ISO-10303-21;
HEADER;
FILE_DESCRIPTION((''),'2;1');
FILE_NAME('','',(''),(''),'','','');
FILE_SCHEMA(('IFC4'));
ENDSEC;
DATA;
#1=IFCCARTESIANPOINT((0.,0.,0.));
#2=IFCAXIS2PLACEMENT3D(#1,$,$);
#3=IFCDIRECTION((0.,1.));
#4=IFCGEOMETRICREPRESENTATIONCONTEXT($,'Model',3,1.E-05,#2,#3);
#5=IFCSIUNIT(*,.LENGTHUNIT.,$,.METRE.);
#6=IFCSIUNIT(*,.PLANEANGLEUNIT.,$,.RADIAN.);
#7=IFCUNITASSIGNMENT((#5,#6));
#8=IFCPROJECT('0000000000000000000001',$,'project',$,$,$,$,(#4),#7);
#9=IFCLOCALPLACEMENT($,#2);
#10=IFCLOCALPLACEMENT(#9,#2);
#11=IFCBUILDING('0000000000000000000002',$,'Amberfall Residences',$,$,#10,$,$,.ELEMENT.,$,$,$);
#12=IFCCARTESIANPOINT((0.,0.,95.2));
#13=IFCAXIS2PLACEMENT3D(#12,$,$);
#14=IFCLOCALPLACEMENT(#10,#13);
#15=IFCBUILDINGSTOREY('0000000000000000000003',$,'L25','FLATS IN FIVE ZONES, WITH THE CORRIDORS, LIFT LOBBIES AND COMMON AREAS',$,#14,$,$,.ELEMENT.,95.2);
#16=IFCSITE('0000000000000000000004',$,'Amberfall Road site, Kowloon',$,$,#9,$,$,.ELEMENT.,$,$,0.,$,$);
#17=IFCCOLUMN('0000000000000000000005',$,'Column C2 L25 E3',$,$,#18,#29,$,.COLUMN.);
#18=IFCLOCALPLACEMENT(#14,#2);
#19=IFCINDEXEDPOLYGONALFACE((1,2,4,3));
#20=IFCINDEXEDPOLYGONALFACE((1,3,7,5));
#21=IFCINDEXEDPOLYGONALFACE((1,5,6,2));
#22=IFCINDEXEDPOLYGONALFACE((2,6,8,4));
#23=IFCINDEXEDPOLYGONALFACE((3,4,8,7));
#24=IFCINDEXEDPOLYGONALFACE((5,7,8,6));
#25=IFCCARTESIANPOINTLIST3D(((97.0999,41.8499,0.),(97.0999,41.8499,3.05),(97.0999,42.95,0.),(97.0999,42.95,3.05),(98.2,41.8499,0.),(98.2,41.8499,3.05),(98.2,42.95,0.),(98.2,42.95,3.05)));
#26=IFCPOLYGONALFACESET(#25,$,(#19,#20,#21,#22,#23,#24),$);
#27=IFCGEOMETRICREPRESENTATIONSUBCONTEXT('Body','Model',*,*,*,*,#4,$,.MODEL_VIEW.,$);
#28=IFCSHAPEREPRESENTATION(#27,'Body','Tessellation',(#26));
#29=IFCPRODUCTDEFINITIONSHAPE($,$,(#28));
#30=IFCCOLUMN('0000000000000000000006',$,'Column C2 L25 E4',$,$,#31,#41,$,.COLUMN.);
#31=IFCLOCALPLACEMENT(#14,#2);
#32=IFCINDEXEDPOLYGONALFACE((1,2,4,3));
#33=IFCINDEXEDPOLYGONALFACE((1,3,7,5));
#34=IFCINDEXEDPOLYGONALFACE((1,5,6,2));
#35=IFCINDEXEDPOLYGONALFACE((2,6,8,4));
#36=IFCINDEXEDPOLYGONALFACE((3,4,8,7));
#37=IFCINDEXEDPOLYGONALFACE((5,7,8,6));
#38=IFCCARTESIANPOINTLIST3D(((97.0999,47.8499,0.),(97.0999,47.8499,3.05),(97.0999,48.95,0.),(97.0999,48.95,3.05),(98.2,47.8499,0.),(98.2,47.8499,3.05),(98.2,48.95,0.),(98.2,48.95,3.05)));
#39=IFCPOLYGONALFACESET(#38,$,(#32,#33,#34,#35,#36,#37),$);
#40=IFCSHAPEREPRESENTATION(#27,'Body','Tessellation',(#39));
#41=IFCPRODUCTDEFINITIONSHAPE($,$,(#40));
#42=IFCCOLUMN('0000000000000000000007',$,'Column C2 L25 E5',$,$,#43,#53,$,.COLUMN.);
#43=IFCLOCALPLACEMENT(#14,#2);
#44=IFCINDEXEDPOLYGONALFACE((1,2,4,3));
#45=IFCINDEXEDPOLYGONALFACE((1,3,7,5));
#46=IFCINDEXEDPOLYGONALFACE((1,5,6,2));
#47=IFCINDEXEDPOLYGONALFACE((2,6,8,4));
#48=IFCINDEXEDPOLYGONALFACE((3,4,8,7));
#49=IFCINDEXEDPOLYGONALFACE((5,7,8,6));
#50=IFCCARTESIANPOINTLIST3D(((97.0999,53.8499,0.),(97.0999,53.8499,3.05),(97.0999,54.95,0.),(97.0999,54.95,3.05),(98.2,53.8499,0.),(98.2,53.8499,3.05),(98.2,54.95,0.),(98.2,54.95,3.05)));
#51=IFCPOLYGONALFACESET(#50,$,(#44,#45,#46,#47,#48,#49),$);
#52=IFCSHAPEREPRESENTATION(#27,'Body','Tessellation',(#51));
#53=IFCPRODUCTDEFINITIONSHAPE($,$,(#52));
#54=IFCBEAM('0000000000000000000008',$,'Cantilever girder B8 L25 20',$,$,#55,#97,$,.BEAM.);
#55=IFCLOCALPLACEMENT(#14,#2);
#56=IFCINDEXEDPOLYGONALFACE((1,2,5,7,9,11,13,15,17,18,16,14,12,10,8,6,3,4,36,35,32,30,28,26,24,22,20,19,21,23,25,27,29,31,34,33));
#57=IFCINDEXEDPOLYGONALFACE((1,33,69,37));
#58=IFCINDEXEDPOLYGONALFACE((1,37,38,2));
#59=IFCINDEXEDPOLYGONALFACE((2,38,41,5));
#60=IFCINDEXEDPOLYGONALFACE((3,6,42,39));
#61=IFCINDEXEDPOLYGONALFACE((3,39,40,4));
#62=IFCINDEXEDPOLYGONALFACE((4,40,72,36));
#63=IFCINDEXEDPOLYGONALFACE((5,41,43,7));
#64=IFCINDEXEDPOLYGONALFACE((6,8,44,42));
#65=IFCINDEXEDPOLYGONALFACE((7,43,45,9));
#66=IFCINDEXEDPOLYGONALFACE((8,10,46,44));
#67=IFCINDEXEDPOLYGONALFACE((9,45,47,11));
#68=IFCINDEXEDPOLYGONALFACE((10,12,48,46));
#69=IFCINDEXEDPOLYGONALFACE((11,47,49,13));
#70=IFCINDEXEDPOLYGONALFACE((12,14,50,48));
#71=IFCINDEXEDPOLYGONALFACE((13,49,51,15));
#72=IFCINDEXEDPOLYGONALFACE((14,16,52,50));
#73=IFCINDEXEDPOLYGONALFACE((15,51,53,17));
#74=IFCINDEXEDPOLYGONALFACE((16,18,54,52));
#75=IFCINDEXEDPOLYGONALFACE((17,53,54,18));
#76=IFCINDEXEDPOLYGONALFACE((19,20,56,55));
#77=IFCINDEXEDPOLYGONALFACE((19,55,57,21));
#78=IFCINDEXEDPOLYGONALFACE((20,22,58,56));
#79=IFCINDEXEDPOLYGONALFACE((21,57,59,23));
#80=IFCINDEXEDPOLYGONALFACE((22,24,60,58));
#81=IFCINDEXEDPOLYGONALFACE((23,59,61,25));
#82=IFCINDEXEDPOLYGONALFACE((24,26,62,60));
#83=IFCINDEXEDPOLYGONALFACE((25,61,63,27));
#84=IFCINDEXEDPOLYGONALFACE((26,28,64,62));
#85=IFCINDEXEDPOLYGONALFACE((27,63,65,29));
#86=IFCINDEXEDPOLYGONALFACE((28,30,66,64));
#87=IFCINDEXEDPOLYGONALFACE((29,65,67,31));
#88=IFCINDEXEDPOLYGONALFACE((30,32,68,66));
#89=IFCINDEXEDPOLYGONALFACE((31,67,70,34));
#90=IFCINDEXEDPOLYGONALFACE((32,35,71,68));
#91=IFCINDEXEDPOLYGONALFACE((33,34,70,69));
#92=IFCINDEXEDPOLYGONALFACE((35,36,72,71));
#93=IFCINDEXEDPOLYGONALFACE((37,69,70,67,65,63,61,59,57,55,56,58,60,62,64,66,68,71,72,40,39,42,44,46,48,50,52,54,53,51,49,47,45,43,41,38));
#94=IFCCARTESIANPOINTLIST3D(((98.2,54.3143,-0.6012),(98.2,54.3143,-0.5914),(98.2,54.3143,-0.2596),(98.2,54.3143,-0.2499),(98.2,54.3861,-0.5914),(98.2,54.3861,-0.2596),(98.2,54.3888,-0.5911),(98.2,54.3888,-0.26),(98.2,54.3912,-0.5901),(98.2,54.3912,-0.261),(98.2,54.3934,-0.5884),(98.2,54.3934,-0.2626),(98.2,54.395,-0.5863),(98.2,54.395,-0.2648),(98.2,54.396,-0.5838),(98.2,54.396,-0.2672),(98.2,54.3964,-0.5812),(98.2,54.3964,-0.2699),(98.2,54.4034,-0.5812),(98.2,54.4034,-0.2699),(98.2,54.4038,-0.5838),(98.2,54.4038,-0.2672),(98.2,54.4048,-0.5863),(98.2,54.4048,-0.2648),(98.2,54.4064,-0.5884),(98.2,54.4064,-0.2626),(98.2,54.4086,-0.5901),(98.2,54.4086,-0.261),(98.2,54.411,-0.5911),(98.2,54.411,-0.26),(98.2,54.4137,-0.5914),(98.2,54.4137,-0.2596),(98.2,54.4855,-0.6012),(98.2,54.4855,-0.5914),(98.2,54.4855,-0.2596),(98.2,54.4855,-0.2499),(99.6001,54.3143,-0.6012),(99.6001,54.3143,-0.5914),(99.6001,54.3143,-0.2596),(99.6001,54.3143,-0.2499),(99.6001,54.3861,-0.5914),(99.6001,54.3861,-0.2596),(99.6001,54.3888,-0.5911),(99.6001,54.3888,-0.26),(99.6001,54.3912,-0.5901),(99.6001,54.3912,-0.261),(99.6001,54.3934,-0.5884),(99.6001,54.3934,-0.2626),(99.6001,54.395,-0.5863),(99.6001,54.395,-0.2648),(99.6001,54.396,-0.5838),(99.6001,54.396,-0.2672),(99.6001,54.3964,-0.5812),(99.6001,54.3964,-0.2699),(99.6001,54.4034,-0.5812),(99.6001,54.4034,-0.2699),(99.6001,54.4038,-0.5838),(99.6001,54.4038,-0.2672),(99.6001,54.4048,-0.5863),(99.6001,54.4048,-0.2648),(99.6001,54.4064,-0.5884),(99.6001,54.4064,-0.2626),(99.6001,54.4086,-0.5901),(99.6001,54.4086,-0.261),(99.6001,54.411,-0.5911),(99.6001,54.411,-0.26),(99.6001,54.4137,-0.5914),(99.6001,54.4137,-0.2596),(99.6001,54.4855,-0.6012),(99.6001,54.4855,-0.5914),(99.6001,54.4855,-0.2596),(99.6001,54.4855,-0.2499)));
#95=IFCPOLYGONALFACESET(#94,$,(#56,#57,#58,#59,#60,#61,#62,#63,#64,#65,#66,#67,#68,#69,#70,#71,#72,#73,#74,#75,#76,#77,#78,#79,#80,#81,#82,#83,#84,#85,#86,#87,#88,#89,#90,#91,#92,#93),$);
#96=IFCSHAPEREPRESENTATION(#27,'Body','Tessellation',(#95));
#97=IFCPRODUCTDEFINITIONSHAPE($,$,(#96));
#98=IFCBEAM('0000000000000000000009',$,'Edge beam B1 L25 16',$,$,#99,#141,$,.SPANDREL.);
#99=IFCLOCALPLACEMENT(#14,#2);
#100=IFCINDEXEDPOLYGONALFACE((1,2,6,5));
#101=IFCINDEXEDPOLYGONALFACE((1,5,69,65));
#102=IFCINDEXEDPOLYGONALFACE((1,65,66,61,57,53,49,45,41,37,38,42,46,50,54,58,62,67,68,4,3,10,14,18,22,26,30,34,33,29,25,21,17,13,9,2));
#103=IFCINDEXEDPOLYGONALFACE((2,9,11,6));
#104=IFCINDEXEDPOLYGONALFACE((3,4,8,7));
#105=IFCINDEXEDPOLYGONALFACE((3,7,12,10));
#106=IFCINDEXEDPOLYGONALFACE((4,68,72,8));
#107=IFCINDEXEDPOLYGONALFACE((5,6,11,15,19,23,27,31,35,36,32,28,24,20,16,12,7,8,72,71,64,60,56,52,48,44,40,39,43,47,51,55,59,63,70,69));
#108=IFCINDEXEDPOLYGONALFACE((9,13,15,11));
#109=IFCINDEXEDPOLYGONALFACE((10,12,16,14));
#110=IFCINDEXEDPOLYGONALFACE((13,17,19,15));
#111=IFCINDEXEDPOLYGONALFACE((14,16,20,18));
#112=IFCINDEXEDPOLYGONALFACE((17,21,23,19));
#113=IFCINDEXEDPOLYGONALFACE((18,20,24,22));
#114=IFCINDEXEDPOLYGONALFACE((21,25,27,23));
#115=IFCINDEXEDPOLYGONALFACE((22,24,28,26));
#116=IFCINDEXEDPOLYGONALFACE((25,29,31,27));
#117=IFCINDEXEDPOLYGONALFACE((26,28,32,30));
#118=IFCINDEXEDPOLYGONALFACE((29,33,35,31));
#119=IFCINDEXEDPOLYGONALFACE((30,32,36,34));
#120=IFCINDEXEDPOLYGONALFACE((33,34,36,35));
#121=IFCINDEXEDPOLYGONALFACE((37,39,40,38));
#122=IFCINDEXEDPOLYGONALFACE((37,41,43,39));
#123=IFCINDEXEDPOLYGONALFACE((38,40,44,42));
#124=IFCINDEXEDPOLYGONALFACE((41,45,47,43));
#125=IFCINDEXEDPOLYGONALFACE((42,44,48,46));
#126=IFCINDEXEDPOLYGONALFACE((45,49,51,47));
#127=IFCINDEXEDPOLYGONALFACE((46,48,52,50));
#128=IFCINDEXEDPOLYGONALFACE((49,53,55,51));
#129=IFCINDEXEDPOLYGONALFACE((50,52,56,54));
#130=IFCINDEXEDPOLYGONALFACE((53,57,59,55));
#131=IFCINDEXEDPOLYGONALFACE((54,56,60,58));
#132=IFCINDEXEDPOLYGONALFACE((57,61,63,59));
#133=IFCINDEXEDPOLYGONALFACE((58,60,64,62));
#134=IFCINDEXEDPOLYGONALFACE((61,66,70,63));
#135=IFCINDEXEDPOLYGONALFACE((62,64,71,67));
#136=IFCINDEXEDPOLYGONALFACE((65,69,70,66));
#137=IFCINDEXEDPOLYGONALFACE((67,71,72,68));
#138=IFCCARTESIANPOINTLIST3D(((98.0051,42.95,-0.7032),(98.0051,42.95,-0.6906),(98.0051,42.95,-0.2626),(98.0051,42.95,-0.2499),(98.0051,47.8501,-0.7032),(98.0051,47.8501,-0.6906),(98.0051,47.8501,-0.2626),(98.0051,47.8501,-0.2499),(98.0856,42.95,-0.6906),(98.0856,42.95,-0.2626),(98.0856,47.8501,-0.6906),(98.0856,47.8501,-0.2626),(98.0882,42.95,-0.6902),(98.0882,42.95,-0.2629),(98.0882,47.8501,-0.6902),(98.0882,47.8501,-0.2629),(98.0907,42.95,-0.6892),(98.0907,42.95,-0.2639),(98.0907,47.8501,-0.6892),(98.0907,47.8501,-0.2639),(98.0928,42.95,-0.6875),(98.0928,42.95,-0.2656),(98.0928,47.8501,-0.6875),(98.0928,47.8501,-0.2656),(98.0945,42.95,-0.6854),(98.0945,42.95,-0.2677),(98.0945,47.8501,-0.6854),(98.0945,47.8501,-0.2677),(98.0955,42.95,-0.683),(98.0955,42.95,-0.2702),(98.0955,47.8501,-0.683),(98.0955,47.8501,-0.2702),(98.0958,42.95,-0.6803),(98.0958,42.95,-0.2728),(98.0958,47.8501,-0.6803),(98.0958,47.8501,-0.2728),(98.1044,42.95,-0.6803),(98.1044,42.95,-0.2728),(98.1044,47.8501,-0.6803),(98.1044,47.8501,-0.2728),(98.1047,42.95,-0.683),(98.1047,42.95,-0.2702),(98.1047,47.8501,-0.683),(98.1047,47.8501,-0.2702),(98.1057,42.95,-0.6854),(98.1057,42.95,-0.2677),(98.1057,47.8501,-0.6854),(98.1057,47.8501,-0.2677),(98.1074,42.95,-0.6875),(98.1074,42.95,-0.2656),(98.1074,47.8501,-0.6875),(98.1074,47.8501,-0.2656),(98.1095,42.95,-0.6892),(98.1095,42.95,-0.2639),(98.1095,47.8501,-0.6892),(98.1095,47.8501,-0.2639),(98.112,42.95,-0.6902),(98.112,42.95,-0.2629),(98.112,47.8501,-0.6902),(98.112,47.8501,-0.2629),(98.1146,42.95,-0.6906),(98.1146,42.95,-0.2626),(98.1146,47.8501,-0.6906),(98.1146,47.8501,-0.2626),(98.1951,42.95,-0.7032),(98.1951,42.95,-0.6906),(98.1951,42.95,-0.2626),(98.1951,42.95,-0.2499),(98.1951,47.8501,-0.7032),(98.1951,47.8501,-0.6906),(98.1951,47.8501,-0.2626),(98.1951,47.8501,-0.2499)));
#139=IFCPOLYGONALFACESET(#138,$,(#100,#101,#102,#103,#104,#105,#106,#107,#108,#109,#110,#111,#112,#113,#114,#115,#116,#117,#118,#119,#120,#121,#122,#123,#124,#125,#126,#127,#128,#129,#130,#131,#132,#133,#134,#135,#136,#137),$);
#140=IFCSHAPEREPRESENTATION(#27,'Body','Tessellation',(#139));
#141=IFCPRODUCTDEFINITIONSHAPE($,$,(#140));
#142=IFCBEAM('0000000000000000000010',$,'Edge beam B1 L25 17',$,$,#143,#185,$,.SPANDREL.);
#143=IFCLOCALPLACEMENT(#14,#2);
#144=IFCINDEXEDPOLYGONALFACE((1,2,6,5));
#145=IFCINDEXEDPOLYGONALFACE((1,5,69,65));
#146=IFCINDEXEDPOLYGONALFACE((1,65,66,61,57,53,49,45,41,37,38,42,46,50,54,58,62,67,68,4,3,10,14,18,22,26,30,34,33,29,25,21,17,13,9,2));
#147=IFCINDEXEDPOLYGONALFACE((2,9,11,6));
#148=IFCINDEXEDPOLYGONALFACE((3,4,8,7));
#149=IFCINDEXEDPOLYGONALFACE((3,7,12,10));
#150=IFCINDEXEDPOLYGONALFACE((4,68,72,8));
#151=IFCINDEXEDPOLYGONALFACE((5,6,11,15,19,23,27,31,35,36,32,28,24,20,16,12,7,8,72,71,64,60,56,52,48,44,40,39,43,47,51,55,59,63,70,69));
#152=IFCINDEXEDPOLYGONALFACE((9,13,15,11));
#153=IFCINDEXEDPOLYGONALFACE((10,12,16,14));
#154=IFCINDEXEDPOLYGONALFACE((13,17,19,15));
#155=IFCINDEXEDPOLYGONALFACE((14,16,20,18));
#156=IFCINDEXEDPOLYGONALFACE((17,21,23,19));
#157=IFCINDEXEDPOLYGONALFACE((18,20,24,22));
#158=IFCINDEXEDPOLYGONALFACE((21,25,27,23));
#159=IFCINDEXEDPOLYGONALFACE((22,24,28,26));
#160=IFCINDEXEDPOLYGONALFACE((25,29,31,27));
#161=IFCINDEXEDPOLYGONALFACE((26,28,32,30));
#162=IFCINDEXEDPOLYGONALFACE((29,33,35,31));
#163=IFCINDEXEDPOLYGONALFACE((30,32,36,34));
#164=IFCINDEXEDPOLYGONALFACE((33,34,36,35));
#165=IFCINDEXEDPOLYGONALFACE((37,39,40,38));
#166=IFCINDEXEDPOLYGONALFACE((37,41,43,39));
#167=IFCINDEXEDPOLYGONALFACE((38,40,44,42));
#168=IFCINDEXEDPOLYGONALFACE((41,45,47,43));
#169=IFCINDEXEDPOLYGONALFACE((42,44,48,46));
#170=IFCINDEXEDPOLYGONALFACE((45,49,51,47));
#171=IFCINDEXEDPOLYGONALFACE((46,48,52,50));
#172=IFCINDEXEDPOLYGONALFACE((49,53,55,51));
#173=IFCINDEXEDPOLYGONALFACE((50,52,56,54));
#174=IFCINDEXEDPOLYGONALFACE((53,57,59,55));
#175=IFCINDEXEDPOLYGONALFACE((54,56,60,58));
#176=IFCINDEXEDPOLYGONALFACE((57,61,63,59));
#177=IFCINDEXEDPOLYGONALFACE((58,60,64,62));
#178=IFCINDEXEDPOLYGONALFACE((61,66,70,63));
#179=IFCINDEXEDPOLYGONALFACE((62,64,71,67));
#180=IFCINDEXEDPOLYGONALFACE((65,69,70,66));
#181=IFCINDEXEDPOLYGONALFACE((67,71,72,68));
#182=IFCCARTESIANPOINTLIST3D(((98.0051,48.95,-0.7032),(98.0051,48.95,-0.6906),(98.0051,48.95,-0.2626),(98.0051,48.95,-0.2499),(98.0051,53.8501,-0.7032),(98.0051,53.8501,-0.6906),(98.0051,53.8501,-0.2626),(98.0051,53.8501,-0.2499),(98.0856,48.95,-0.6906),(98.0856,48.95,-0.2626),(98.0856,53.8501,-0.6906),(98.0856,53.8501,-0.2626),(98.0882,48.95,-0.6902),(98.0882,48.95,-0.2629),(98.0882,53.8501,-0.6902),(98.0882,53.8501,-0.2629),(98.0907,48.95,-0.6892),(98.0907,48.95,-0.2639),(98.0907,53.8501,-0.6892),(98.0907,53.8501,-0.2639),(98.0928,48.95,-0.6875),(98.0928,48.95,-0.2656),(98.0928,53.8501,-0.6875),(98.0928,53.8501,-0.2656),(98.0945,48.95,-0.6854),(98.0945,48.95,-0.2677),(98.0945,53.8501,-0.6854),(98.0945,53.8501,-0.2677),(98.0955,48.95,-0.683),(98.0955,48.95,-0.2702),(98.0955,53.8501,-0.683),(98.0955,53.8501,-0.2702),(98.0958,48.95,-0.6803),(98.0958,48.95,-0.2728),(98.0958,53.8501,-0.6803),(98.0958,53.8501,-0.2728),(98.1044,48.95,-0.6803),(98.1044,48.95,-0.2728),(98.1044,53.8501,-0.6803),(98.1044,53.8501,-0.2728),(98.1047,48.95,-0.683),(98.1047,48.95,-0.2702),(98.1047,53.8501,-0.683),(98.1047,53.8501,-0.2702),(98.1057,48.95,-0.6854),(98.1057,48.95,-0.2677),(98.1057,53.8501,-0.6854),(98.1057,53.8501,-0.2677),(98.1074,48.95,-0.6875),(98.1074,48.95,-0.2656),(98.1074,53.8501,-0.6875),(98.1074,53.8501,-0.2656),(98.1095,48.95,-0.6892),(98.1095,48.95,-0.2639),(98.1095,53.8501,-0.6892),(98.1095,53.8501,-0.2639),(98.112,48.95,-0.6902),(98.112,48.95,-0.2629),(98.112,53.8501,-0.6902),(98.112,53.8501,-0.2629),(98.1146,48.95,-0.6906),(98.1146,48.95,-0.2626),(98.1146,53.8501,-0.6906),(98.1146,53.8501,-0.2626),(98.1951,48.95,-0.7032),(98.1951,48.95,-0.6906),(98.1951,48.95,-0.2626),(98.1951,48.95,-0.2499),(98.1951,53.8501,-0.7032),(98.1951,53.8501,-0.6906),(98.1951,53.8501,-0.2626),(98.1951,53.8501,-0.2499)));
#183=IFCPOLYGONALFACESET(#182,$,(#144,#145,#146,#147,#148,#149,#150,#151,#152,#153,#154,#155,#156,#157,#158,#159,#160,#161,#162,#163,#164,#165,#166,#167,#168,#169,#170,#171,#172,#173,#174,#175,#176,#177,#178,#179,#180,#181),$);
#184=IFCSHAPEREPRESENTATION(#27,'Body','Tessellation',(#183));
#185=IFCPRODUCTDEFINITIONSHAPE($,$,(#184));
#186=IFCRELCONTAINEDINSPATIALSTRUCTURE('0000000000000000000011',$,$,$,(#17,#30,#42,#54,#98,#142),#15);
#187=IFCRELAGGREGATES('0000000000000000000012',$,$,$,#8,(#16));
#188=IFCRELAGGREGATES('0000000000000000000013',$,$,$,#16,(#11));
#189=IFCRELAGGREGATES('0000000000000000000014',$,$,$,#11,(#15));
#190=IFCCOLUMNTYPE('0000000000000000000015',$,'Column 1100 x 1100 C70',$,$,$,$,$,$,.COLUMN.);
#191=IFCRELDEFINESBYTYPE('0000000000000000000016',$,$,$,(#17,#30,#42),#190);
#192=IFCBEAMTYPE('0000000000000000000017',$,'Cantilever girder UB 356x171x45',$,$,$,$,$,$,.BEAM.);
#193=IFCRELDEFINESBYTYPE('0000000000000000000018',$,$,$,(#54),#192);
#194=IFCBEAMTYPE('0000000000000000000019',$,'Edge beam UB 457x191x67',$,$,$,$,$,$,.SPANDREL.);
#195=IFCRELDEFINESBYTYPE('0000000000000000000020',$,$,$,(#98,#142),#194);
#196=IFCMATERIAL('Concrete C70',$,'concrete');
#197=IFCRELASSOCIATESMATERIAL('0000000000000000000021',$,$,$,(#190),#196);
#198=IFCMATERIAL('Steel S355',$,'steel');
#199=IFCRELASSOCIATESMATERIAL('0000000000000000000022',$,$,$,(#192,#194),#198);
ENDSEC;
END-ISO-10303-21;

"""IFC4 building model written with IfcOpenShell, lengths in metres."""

from ifc_helpers import new_model, si_unit, direction, frame, origin, origin_2d, place, context, subcontext, project, spatial, rectangle, i_section, extrude, material, material_profile, profile_set, type_object, element, save


model = new_model("IFC4")

# Units and contexts
model_context = context("Model", 3, precision=1e-05, world=origin(), true_north=direction((0.0, 1.0)))
body_context = subcontext(model_context, "Body", "Model", "MODEL_VIEW")
ifc_project = project(units=[si_unit("LENGTHUNIT", "METRE"), si_unit("PLANEANGLEUNIT", "RADIAN")], contexts=[model_context])

# Site, building, storey
site_placement = place(None, origin())
site = spatial("IfcSite", under=ifc_project, at=site_placement, Name="Amberfall Road site, Kowloon", CompositionType="ELEMENT", RefElevation=0.0)
building_placement = place(site_placement, origin())
building = spatial("IfcBuilding", under=site, at=building_placement, Name="Amberfall Residences", CompositionType="ELEMENT")
storey_placement = place(building_placement, frame((0.0, 0.0, 95.2)))
storey = spatial("IfcBuildingStorey", under=building, at=storey_placement, Name="L25", Description="FLATS IN FIVE ZONES, WITH THE CORRIDORS, LIFT LOBBIES AND COMMON AREAS", CompositionType="ELEMENT", Elevation=95.2)

# Columns
ifc_material_1 = material(Name="Concrete C70", Category="concrete")
ifc_material_profile_1 = material_profile(ifc_material_1, rectangle(XDim=1.1001, YDim=1.1001, at=origin_2d()), Name="Column 1100 x 1100 C70")
ifc_profile_set_1 = profile_set([ifc_material_profile_1], Name="Concrete C70")
column_type = type_object("IfcColumnType", Name="Column 1100 x 1100 C70", PredefinedType="COLUMN", material=ifc_profile_set_1)
for number, where, z_axis, x_axis, name in (
    (1, (97.6499, 42.3999, 0.0), (0.0, 0.0, 1.0), (1.0, 0.0, 0.0), "Column C2 L25 E3"),
    (2, (97.6499, 48.3999, 0.0), (0.0, 0.0, 1.0), (1.0, 0.0, 0.0), "Column C2 L25 E4"),
    (3, (97.6499, 54.3999, 0.0), (0.0, 0.0, 1.0), (1.0, 0.0, 0.0), "Column C2 L25 E5"),
):
    element("IfcColumn", number, at=place(storey_placement, frame(where, z_axis=z_axis, x_axis=x_axis)), inside=storey, type_object=column_type, Name=name, PredefinedType="COLUMN", context=body_context, shape_type="SweptSolid", body=[
        extrude(rectangle(XDim=1.1001, YDim=1.1001, at=origin_2d()), origin(), (0.0, 0.0, 1.0), 3.05),
    ])

# Beams
ifc_material_2 = material(Name="Steel S355", Category="steel")
ifc_material_profile_2 = material_profile(ifc_material_2, i_section(OverallWidth=0.1711, OverallDepth=0.3513, WebThickness=0.0071, FlangeThickness=0.0098, FilletRadius=0.0103, at=origin_2d()), Name="UB 356x171x45")
ifc_profile_set_2 = profile_set([ifc_material_profile_2], Name="Steel S355")
beam_type_1 = type_object("IfcBeamType", Name="Cantilever girder UB 356x171x45", PredefinedType="BEAM", material=ifc_profile_set_2)
beam_1_placement = place(storey_placement, frame((98.2, 54.3999, -0.4255), z_axis=(1.0, 0.0, 0.0), x_axis=(0.0, 1.0, 0.0)))
element("IfcBeam", 4, at=beam_1_placement, inside=storey, type_object=beam_type_1, Name="Cantilever girder B8 L25 20", PredefinedType="BEAM", context=body_context, shape_type="SweptSolid", body=[
    extrude(i_section(OverallWidth=0.1711, OverallDepth=0.3513, WebThickness=0.0071, FlangeThickness=0.0098, FilletRadius=0.0103, at=origin_2d()), origin(), (0.0, 0.0, 1.0), 1.4001),
])
ifc_material_profile_3 = material_profile(ifc_material_2, i_section(OverallWidth=0.1899, OverallDepth=0.4534, WebThickness=0.0085, FlangeThickness=0.0127, FilletRadius=0.0103, at=origin_2d()), Name="UB 457x191x67")
ifc_profile_set_3 = profile_set([ifc_material_profile_3], Name="Steel S355")
beam_type_2 = type_object("IfcBeamType", Name="Edge beam UB 457x191x67", PredefinedType="SPANDREL", material=ifc_profile_set_3)
for number, where, z_axis, x_axis, name in (
    (5, (98.1001, 42.95, -0.4766), (0.0, 1.0, 0.0), (-1.0, 0.0, 0.0), "Edge beam B1 L25 16"),
    (6, (98.1001, 48.95, -0.4766), (0.0, 1.0, 0.0), (-1.0, 0.0, 0.0), "Edge beam B1 L25 17"),
):
    element("IfcBeam", number, at=place(storey_placement, frame(where, z_axis=z_axis, x_axis=x_axis)), inside=storey, type_object=beam_type_2, Name=name, PredefinedType="SPANDREL", context=body_context, shape_type="SweptSolid", body=[
        extrude(i_section(OverallWidth=0.1899, OverallDepth=0.4534, WebThickness=0.0085, FlangeThickness=0.0127, FilletRadius=0.0103, at=origin_2d()), origin(), (0.0, 0.0, 1.0), 4.9001),
    ])

save(model, "model.ifc")
